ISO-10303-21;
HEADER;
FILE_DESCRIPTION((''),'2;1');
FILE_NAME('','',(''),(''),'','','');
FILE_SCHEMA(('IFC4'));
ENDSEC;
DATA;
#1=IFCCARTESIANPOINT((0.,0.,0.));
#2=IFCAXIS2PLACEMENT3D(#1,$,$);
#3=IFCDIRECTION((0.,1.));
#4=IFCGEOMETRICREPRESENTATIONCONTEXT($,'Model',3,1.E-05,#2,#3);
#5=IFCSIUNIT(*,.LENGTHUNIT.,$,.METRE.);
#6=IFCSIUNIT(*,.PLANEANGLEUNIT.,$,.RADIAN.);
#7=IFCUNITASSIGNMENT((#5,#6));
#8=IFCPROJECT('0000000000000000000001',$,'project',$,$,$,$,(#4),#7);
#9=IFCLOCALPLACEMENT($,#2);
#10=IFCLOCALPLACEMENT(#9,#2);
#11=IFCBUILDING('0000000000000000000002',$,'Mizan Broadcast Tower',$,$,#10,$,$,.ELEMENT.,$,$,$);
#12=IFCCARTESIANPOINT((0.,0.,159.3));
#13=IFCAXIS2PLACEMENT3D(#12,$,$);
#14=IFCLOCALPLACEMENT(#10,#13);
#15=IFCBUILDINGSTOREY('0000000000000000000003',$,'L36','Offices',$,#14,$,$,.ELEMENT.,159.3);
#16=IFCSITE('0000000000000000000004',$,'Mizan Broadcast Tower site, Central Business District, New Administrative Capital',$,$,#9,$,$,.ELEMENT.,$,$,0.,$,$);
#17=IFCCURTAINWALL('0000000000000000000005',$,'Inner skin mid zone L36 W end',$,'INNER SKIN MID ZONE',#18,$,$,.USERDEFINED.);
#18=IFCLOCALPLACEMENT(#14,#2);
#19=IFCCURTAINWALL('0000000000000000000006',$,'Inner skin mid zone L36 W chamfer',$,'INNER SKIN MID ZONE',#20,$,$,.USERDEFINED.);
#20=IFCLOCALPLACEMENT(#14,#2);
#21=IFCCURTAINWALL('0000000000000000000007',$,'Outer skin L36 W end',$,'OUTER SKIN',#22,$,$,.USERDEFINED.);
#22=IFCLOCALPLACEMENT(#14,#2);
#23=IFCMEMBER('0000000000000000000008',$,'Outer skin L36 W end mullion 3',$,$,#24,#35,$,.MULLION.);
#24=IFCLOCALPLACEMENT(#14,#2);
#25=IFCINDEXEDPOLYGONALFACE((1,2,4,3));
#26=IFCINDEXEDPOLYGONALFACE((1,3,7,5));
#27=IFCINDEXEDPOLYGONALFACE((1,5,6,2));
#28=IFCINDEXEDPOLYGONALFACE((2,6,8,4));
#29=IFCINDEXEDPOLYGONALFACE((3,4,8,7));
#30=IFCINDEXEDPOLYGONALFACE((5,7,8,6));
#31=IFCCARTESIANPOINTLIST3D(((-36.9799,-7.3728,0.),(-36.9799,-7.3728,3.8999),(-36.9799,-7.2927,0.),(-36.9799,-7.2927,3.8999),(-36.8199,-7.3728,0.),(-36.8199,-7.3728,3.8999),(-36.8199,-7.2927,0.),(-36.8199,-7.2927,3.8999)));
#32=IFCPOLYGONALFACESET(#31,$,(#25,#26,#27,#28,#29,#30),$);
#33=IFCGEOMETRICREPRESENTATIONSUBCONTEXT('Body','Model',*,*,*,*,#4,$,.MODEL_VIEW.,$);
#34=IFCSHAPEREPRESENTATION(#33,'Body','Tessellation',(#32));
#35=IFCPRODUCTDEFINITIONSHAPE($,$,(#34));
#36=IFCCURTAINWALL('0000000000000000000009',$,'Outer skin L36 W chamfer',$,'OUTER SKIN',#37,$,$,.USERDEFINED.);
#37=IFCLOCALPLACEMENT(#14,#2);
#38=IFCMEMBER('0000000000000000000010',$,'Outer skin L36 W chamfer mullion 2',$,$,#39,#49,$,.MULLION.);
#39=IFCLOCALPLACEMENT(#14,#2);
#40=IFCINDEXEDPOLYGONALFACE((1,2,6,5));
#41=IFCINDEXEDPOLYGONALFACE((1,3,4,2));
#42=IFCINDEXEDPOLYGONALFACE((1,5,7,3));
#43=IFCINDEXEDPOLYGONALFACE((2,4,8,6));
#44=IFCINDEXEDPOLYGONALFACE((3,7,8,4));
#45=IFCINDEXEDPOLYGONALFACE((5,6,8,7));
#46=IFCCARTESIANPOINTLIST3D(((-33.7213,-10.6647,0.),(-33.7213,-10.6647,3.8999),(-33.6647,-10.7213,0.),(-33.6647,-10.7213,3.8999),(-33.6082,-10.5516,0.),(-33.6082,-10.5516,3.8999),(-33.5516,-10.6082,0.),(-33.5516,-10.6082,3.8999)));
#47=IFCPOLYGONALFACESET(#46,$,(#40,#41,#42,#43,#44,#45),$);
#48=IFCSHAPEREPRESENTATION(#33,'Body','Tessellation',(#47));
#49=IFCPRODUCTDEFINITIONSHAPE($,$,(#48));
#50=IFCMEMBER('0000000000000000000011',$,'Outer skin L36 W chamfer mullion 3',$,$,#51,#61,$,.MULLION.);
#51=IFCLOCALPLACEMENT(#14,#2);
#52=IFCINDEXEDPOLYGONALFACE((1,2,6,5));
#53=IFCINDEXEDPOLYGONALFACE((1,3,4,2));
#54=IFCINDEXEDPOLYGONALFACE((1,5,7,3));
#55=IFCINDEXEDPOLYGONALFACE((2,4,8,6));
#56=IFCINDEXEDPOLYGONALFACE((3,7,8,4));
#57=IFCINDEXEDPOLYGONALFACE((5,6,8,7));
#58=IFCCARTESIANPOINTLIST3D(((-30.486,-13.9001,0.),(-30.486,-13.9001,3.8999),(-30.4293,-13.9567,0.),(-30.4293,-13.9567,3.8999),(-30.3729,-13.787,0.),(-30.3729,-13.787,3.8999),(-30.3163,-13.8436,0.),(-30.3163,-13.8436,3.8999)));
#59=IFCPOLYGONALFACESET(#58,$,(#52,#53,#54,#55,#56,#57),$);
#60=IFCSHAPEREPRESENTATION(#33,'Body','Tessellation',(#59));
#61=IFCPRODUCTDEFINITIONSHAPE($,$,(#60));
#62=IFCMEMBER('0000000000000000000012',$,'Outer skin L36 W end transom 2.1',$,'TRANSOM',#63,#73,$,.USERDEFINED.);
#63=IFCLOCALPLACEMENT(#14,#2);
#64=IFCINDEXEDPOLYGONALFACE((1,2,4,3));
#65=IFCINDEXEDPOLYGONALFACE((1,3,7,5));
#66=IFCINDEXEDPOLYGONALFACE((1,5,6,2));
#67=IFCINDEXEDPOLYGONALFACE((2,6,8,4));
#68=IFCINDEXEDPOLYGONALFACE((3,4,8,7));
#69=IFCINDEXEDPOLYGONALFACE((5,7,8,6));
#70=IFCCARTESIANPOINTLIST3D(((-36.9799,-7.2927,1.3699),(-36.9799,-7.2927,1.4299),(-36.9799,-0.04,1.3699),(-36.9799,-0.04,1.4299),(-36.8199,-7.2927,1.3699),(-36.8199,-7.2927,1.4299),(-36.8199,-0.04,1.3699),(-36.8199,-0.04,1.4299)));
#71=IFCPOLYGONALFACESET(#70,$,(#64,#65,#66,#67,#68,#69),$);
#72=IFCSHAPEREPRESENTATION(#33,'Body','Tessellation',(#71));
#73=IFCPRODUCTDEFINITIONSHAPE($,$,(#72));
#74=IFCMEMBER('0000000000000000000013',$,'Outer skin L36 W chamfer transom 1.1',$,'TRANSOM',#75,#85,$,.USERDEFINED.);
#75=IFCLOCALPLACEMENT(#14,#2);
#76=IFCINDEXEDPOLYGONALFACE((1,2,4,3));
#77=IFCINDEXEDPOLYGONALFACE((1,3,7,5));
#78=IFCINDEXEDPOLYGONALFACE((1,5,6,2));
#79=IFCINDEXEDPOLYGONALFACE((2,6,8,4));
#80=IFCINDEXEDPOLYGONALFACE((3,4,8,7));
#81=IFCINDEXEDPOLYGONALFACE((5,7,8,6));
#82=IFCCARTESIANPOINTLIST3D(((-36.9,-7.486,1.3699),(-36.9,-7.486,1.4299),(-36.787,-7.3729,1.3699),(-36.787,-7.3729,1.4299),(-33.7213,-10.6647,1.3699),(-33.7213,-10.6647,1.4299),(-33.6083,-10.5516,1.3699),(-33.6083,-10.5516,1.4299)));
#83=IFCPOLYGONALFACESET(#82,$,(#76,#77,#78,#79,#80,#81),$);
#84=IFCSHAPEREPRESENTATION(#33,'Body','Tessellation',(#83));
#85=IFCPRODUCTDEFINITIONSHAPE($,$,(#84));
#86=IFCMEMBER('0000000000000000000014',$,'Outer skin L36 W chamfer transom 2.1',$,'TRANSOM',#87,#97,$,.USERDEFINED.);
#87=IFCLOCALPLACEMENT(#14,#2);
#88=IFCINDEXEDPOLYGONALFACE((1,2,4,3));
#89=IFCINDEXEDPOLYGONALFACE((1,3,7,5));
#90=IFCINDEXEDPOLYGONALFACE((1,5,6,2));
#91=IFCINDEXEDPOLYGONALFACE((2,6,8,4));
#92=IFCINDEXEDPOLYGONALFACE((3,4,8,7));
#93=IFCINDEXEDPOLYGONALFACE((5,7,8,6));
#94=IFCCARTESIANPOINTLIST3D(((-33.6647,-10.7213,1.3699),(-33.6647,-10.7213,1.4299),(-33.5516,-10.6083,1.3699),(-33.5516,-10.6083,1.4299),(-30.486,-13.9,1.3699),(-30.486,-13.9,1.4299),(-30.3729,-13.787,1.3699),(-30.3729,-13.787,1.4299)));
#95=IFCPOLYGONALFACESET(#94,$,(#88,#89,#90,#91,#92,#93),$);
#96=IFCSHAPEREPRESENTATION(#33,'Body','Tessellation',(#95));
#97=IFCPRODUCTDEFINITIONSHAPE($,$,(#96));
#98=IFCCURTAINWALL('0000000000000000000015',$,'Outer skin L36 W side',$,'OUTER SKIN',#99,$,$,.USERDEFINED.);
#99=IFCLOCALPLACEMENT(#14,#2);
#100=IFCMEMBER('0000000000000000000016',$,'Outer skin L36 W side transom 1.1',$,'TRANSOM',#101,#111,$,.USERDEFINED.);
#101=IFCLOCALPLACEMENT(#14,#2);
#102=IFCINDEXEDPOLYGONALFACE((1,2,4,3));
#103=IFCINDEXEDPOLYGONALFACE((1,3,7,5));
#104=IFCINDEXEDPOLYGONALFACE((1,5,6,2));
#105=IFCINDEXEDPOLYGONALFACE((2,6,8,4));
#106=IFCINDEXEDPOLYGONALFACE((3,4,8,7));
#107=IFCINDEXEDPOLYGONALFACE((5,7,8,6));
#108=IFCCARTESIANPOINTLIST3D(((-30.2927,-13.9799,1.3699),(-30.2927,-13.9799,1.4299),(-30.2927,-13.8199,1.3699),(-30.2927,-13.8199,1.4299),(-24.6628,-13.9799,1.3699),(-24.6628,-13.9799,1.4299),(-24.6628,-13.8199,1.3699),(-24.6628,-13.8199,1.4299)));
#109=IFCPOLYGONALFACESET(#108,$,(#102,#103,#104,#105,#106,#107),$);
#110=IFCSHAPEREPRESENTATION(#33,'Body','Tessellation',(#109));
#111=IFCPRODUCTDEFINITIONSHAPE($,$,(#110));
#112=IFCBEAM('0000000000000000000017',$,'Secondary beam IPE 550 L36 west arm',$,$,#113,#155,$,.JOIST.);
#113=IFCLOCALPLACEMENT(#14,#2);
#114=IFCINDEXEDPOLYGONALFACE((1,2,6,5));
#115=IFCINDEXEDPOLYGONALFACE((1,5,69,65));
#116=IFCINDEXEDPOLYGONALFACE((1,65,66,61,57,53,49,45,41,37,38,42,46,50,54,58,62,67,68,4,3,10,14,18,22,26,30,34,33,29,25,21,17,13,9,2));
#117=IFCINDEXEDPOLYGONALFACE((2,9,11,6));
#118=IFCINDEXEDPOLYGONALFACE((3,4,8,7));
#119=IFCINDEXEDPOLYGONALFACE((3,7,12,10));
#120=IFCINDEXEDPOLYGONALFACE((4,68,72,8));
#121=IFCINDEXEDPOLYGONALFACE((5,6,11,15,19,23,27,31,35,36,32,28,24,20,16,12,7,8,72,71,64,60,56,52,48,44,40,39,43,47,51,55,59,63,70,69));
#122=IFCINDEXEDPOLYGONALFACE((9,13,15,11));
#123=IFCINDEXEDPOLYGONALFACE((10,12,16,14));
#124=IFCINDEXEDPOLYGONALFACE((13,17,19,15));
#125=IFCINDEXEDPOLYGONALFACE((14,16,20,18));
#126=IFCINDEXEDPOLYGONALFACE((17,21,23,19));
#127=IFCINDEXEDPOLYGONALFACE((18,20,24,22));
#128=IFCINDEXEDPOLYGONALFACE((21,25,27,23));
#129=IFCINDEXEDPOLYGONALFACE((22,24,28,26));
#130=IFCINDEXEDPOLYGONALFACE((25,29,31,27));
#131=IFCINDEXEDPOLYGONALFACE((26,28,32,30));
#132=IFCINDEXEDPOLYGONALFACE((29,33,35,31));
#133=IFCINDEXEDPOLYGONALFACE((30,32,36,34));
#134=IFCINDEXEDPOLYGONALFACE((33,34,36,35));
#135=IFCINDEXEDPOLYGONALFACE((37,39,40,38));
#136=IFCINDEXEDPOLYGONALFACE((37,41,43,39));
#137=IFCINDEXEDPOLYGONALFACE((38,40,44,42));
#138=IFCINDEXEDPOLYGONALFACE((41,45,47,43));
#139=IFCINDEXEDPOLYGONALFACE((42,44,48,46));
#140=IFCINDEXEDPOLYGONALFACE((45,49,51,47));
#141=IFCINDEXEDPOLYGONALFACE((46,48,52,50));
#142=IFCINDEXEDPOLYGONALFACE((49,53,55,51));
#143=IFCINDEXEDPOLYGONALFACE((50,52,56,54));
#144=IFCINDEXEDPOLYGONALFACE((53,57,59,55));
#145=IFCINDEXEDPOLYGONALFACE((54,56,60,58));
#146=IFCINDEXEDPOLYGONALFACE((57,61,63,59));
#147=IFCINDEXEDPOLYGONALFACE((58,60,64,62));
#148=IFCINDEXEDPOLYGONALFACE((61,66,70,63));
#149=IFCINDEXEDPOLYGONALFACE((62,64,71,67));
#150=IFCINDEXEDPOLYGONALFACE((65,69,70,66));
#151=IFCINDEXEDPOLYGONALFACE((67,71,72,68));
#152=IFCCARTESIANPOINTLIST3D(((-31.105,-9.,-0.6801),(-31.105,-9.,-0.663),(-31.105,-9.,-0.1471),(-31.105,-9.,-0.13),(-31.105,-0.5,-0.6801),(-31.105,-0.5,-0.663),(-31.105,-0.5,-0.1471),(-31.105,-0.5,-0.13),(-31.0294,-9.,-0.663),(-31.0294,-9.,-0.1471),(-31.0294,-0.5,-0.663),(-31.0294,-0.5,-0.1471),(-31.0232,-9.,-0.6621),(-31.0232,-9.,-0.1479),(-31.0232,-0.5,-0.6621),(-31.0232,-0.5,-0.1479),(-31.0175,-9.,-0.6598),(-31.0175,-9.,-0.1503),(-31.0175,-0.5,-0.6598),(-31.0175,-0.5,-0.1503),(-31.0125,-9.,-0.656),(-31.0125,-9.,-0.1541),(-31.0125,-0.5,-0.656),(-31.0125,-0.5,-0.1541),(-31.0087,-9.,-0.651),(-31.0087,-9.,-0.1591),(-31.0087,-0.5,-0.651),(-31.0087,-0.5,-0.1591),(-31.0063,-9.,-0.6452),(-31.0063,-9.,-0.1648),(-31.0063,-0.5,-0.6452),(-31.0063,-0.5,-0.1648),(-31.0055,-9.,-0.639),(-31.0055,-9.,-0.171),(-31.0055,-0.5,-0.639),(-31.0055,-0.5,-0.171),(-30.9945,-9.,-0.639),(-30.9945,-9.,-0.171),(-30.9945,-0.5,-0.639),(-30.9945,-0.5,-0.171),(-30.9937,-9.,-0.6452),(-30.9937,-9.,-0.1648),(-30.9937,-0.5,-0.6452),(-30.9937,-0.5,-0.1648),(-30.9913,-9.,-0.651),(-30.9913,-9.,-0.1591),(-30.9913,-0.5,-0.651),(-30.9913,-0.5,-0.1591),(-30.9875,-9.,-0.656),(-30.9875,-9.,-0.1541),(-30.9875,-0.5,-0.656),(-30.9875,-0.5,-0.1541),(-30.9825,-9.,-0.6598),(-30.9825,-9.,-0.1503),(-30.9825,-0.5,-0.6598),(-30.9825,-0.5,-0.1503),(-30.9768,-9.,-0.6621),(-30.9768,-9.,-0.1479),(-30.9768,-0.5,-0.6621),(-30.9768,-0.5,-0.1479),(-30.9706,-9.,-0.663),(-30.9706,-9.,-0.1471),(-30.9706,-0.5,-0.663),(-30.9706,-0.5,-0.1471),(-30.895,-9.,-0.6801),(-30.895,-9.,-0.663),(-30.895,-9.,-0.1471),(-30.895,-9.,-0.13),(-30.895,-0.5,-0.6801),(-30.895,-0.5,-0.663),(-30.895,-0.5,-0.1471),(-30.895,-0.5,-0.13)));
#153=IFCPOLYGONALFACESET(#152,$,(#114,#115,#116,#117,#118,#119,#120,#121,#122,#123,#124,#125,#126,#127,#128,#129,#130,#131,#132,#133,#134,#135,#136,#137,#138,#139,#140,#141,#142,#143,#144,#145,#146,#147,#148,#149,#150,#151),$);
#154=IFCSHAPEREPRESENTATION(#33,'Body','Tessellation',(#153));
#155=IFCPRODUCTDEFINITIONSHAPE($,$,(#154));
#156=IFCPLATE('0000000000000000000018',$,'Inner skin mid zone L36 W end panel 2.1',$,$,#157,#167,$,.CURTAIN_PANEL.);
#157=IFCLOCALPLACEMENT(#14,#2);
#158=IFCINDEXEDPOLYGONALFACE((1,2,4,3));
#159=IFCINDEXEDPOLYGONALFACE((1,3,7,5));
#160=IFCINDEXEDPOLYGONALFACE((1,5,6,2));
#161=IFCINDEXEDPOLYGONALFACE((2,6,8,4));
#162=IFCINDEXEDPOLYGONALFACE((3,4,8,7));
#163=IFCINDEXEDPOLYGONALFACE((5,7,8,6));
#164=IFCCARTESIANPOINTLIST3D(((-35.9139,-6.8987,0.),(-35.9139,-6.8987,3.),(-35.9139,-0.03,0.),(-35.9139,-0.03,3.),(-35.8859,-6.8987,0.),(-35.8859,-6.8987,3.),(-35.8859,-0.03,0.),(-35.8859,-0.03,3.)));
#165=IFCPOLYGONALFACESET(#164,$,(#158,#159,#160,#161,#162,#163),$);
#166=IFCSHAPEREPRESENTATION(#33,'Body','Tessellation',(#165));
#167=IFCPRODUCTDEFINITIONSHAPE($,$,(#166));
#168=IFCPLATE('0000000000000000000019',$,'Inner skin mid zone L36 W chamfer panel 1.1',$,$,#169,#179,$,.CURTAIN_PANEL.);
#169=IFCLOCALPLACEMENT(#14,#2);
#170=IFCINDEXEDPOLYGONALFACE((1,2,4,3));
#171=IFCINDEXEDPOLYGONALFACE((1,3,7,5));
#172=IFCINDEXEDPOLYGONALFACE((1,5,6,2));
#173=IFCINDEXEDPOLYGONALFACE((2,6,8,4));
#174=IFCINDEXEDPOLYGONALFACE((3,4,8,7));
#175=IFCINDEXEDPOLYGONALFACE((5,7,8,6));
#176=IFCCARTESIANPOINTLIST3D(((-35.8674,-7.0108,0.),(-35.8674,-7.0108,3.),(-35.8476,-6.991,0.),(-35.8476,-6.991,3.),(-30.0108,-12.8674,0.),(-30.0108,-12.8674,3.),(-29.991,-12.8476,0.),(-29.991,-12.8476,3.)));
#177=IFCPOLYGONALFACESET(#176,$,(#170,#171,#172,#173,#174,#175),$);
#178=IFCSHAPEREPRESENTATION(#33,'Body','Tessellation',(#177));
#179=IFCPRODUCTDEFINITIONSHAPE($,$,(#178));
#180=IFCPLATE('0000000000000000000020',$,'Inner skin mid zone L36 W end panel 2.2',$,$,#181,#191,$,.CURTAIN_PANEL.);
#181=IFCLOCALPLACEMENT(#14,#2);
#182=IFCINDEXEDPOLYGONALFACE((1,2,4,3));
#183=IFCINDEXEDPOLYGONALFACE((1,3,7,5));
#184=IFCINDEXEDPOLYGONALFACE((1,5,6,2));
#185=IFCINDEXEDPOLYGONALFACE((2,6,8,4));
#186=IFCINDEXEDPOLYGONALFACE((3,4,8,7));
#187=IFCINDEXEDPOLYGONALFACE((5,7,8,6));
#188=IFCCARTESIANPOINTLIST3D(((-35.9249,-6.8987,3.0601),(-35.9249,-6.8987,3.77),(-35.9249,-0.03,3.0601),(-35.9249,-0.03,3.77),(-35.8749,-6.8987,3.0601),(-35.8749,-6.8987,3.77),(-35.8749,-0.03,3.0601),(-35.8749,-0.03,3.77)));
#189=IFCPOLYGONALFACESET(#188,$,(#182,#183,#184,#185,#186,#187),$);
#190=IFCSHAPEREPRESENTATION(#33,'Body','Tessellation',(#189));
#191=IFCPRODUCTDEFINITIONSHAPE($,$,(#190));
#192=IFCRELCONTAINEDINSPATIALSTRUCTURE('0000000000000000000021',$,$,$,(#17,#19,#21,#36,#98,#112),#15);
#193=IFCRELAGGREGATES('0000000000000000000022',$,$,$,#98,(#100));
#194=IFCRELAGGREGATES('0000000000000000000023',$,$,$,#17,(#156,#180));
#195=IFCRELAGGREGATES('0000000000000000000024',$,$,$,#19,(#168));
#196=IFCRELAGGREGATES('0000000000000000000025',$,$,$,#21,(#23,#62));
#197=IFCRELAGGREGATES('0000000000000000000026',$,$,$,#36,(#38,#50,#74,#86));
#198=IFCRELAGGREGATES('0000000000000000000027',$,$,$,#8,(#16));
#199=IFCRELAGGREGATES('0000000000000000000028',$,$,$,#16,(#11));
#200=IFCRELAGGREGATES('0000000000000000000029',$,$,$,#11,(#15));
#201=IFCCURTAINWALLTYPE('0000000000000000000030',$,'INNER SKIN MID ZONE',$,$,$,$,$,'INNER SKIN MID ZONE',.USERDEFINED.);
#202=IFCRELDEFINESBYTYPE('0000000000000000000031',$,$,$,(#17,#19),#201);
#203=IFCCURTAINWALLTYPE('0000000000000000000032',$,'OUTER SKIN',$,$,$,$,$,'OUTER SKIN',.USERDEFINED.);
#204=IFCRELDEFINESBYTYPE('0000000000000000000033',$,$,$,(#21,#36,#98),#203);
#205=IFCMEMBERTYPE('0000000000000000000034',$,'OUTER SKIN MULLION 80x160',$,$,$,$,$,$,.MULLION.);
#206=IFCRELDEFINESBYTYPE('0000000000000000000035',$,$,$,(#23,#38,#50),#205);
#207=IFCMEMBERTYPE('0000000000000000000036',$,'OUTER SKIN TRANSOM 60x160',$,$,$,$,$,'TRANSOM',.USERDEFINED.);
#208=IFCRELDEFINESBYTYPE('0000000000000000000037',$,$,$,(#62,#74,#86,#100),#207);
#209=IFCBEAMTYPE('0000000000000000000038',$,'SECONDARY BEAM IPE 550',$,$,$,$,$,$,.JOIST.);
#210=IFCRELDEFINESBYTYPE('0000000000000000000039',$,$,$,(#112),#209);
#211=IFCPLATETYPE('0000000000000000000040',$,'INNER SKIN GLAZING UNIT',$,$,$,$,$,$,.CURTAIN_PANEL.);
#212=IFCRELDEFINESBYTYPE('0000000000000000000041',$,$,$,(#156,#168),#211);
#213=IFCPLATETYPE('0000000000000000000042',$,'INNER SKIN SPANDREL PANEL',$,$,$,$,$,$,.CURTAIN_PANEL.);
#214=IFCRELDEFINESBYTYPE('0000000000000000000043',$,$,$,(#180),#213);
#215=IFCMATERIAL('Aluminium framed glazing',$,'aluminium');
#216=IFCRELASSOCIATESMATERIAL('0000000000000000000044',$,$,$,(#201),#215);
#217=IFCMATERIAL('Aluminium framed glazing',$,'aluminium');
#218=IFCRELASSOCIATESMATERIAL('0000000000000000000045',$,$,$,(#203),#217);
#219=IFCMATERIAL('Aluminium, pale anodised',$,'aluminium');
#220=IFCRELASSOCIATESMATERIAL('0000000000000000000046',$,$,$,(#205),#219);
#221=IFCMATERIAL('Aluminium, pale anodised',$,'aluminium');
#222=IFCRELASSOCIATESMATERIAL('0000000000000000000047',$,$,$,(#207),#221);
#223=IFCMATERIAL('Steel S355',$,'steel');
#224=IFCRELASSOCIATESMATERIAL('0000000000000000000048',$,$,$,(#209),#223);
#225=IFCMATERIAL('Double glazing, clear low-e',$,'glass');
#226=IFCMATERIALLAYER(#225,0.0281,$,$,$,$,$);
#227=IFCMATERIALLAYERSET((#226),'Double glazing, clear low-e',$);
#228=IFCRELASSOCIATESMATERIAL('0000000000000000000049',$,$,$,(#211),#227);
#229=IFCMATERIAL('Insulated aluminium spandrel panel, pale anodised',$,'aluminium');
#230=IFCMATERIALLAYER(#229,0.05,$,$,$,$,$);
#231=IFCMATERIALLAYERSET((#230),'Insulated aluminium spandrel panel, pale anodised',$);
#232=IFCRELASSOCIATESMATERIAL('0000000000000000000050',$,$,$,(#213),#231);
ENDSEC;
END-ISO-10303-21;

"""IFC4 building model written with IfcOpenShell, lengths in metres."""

from ifc_helpers import new_model, si_unit, direction, frame, origin, origin_2d, place, context, subcontext, project, spatial, rectangle, i_section, extrude, material, layer, layer_set, material_profile, profile_set, type_object, element, aggregate, save


model = new_model("IFC4")

# Units and contexts
model_context = context("Model", 3, precision=1e-05, world=origin(), true_north=direction((0.0, 1.0)))
body_context = subcontext(model_context, "Body", "Model", "MODEL_VIEW")
ifc_project = project(units=[si_unit("LENGTHUNIT", "METRE"), si_unit("PLANEANGLEUNIT", "RADIAN")], contexts=[model_context])

# Site, building, storey
site_placement = place(None, origin())
site = spatial("IfcSite", under=ifc_project, at=site_placement, Name="Mizan Broadcast Tower site, Central Business District, New Administrative Capital", CompositionType="ELEMENT", RefElevation=0.0)
building_placement = place(site_placement, origin())
building = spatial("IfcBuilding", under=site, at=building_placement, Name="Mizan Broadcast Tower", CompositionType="ELEMENT")
storey_placement = place(building_placement, frame((0.0, 0.0, 159.3)))
storey = spatial("IfcBuildingStorey", under=building, at=storey_placement, Name="L36", Description="Offices", CompositionType="ELEMENT", Elevation=159.3)

# Curtain wall
ifc_material_1 = material(Name="Aluminium framed glazing", Category="aluminium")
curtain_wall_type_1 = type_object("IfcCurtainWallType", Name="INNER SKIN MID ZONE", ElementType="INNER SKIN MID ZONE", PredefinedType="USERDEFINED", material=ifc_material_1)
curtain_wall_1_placement = place(storey_placement, origin())
curtain_wall_1 = element("IfcCurtainWall", 1, at=curtain_wall_1_placement, inside=storey, type_object=curtain_wall_type_1, Name="Inner skin mid zone L36 W end", ObjectType="INNER SKIN MID ZONE", PredefinedType="USERDEFINED")

# Curtain wall
curtain_wall_2_placement = place(storey_placement, origin())
curtain_wall_2 = element("IfcCurtainWall", 2, at=curtain_wall_2_placement, inside=storey, type_object=curtain_wall_type_1, Name="Inner skin mid zone L36 W chamfer", ObjectType="INNER SKIN MID ZONE", PredefinedType="USERDEFINED")

# Curtain walls, members
ifc_material_2 = material(Name="Aluminium framed glazing", Category="aluminium")
curtain_wall_type_2 = type_object("IfcCurtainWallType", Name="OUTER SKIN", ElementType="OUTER SKIN", PredefinedType="USERDEFINED", material=ifc_material_2)
curtain_wall_3_placement = place(storey_placement, origin())
curtain_wall_3 = element("IfcCurtainWall", 3, at=curtain_wall_3_placement, inside=storey, type_object=curtain_wall_type_2, Name="Outer skin L36 W end", ObjectType="OUTER SKIN", PredefinedType="USERDEFINED")
ifc_material_3 = material(Name="Aluminium, pale anodised", Category="aluminium")
ifc_material_profile_1 = material_profile(ifc_material_3, rectangle(XDim=0.1599, YDim=0.0801, at=origin_2d()), Name="MULLION 160x80")
ifc_profile_set_1 = profile_set([ifc_material_profile_1], Name="Aluminium, pale anodised")
member_type_1 = type_object("IfcMemberType", Name="OUTER SKIN MULLION 80x160", PredefinedType="MULLION", material=ifc_profile_set_1)
member_1_placement = place(storey_placement, frame((-36.8999, -7.3328, 0.0), z_axis=(0.0, 0.0, 1.0), x_axis=(1.0, 0.0, 0.0)))
member_1 = element("IfcMember", 4, at=member_1_placement, type_object=member_type_1, Name="Outer skin L36 W end mullion 3", PredefinedType="MULLION", context=body_context, shape_type="SweptSolid", body=[
    extrude(rectangle(XDim=0.1599, YDim=0.0801, at=origin_2d()), origin(), (0.0, 0.0, 1.0), 3.8999),
])
curtain_wall_4_placement = place(storey_placement, origin())
curtain_wall_4 = element("IfcCurtainWall", 5, at=curtain_wall_4_placement, inside=storey, type_object=curtain_wall_type_2, Name="Outer skin L36 W chamfer", ObjectType="OUTER SKIN", PredefinedType="USERDEFINED")
member_2_placement = place(storey_placement, frame((-33.6365, -10.6365, 0.0), z_axis=(0.0, 0.0, 1.0), x_axis=(0.707107, 0.707107, 0.0)))
member_2 = element("IfcMember", 6, at=member_2_placement, type_object=member_type_1, Name="Outer skin L36 W chamfer mullion 2", PredefinedType="MULLION", context=body_context, shape_type="SweptSolid", body=[
    extrude(rectangle(XDim=0.1599, YDim=0.0801, at=origin_2d()), origin(), (0.0, 0.0, 1.0), 3.8999),
])
member_3_placement = place(storey_placement, frame((-30.4011, -13.8718, 0.0), z_axis=(0.0, 0.0, 1.0), x_axis=(0.707107, 0.707107, 0.0)))
member_3 = element("IfcMember", 7, at=member_3_placement, type_object=member_type_1, Name="Outer skin L36 W chamfer mullion 3", PredefinedType="MULLION", context=body_context, shape_type="SweptSolid", body=[
    extrude(rectangle(XDim=0.1599, YDim=0.0801, at=origin_2d()), origin(), (0.0, 0.0, 1.0), 3.8999),
])

# Members
ifc_material_4 = material(Name="Aluminium, pale anodised", Category="aluminium")
ifc_material_profile_2 = material_profile(ifc_material_4, rectangle(XDim=0.1599, YDim=0.0601, at=origin_2d()), Name="TRANSOM 160x60")
ifc_profile_set_2 = profile_set([ifc_material_profile_2], Name="Aluminium, pale anodised")
member_type_2 = type_object("IfcMemberType", Name="OUTER SKIN TRANSOM 60x160", ElementType="TRANSOM", PredefinedType="USERDEFINED", material=ifc_profile_set_2)
member_4_placement = place(storey_placement, frame((-36.8999, -0.04, 1.3999), z_axis=(0.0, -1.0, 0.0), x_axis=(1.0, 0.0, 0.0)))
member_4 = element("IfcMember", 8, at=member_4_placement, type_object=member_type_2, Name="Outer skin L36 W end transom 2.1", ObjectType="TRANSOM", PredefinedType="USERDEFINED", context=body_context, shape_type="SweptSolid", body=[
    extrude(rectangle(XDim=0.1599, YDim=0.0601, at=origin_2d()), origin(), (0.0, 0.0, 1.0), 7.2527),
])
member_5_placement = place(storey_placement, frame((-36.8435, -7.4294, 1.3999), z_axis=(0.707107, -0.707107, 0.0), x_axis=(0.707107, 0.707107, 0.0)))
member_5 = element("IfcMember", 9, at=member_5_placement, type_object=member_type_2, Name="Outer skin L36 W chamfer transom 1.1", ObjectType="TRANSOM", PredefinedType="USERDEFINED", context=body_context, shape_type="SweptSolid", body=[
    extrude(rectangle(XDim=0.1599, YDim=0.0601, at=origin_2d()), origin(), (0.0, 0.0, 1.0), 4.4954),
])
member_6_placement = place(storey_placement, frame((-33.6082, -10.6648, 1.3999), z_axis=(0.707107, -0.707107, 0.0), x_axis=(0.707107, 0.707107, 0.0)))
member_6 = element("IfcMember", 10, at=member_6_placement, type_object=member_type_2, Name="Outer skin L36 W chamfer transom 2.1", ObjectType="TRANSOM", PredefinedType="USERDEFINED", context=body_context, shape_type="SweptSolid", body=[
    extrude(rectangle(XDim=0.1599, YDim=0.0601, at=origin_2d()), origin(), (0.0, 0.0, 1.0), 4.4954),
])

# Curtain wall, member
curtain_wall_5_placement = place(storey_placement, origin())
curtain_wall_5 = element("IfcCurtainWall", 11, at=curtain_wall_5_placement, inside=storey, type_object=curtain_wall_type_2, Name="Outer skin L36 W side", ObjectType="OUTER SKIN", PredefinedType="USERDEFINED")
member_7_placement = place(storey_placement, frame((-30.2927, -13.8999, 1.3999), z_axis=(1.0, 0.0, 0.0), x_axis=(0.0, 1.0, 0.0)))
member_7 = element("IfcMember", 12, at=member_7_placement, type_object=member_type_2, Name="Outer skin L36 W side transom 1.1", ObjectType="TRANSOM", PredefinedType="USERDEFINED", context=body_context, shape_type="SweptSolid", body=[
    extrude(rectangle(XDim=0.1599, YDim=0.0601, at=origin_2d()), origin(), (0.0, 0.0, 1.0), 5.6299),
])
aggregate(curtain_wall_5, [member_7])

# Beam
ifc_material_5 = material(Name="Steel S355", Category="steel")
ifc_material_profile_3 = material_profile(ifc_material_5, i_section(OverallWidth=0.21, OverallDepth=0.55, WebThickness=0.011, FlangeThickness=0.0171, FilletRadius=0.0239, at=origin_2d()), Name="IPE 550")
ifc_profile_set_3 = profile_set([ifc_material_profile_3], Name="Steel S355")
beam_type_1 = type_object("IfcBeamType", Name="SECONDARY BEAM IPE 550", PredefinedType="JOIST", material=ifc_profile_set_3)
beam_1_placement = place(storey_placement, frame((-31.0, -9.0, -0.405), z_axis=(0.0, 1.0, 0.0), x_axis=(-1.0, 0.0, 0.0)))
element("IfcBeam", 13, at=beam_1_placement, inside=storey, type_object=beam_type_1, Name="Secondary beam IPE 550 L36 west arm", PredefinedType="JOIST", context=body_context, shape_type="SweptSolid", body=[
    extrude(i_section(OverallWidth=0.21, OverallDepth=0.55, WebThickness=0.011, FlangeThickness=0.0171, FilletRadius=0.0239, at=origin_2d()), origin(), (0.0, 0.0, 1.0), 8.5),
])

# Plates
ifc_material_6 = material(Name="Double glazing, clear low-e", Category="glass")
ifc_layer_1 = layer(ifc_material_6, 0.0281)
ifc_layer_set_1 = layer_set([ifc_layer_1], Name="Double glazing, clear low-e")
plate_type_1 = type_object("IfcPlateType", Name="INNER SKIN GLAZING UNIT", PredefinedType="CURTAIN_PANEL", material=ifc_layer_set_1)
plate_1_placement = place(storey_placement, frame((-35.8999, -3.4644, 0.0), z_axis=(0.0, 0.0, 1.0), x_axis=(0.0, -1.0, 0.0)))
plate_1 = element("IfcPlate", 14, at=plate_1_placement, type_object=plate_type_1, Name="Inner skin mid zone L36 W end panel 2.1", PredefinedType="CURTAIN_PANEL", context=body_context, shape_type="SweptSolid", body=[
    extrude(rectangle(XDim=6.8687, YDim=0.0281, at=origin_2d()), origin(), (0.0, 0.0, 1.0), 3.0),
])
plate_2_placement = place(storey_placement, frame((-32.9292, -9.9292, 0.0), z_axis=(0.0, 0.0, 1.0), x_axis=(0.707107, -0.707107, 0.0)))
plate_2 = element("IfcPlate", 15, at=plate_2_placement, type_object=plate_type_1, Name="Inner skin mid zone L36 W chamfer panel 1.1", PredefinedType="CURTAIN_PANEL", context=body_context, shape_type="SweptSolid", body=[
    extrude(rectangle(XDim=8.2825, YDim=0.0281, at=origin_2d()), origin(), (0.0, 0.0, 1.0), 3.0),
])
ifc_material_7 = material(Name="Insulated aluminium spandrel panel, pale anodised", Category="aluminium")
ifc_layer_2 = layer(ifc_material_7, 0.05)
ifc_layer_set_2 = layer_set([ifc_layer_2], Name="Insulated aluminium spandrel panel, pale anodised")
plate_type_2 = type_object("IfcPlateType", Name="INNER SKIN SPANDREL PANEL", PredefinedType="CURTAIN_PANEL", material=ifc_layer_set_2)
plate_3_placement = place(storey_placement, frame((-35.8999, -3.4644, 3.0601), z_axis=(0.0, 0.0, 1.0), x_axis=(0.0, -1.0, 0.0)))
plate_3 = element("IfcPlate", 16, at=plate_3_placement, type_object=plate_type_2, Name="Inner skin mid zone L36 W end panel 2.2", PredefinedType="CURTAIN_PANEL", context=body_context, shape_type="SweptSolid", body=[
    extrude(rectangle(XDim=6.8687, YDim=0.05, at=origin_2d()), origin(), (0.0, 0.0, 1.0), 0.71),
])
aggregate(curtain_wall_1, [plate_1, plate_3])
aggregate(curtain_wall_2, [plate_2])
aggregate(curtain_wall_3, [member_1, member_4])
aggregate(curtain_wall_4, [member_2, member_3, member_5, member_6])

save(model, "model.ifc")
